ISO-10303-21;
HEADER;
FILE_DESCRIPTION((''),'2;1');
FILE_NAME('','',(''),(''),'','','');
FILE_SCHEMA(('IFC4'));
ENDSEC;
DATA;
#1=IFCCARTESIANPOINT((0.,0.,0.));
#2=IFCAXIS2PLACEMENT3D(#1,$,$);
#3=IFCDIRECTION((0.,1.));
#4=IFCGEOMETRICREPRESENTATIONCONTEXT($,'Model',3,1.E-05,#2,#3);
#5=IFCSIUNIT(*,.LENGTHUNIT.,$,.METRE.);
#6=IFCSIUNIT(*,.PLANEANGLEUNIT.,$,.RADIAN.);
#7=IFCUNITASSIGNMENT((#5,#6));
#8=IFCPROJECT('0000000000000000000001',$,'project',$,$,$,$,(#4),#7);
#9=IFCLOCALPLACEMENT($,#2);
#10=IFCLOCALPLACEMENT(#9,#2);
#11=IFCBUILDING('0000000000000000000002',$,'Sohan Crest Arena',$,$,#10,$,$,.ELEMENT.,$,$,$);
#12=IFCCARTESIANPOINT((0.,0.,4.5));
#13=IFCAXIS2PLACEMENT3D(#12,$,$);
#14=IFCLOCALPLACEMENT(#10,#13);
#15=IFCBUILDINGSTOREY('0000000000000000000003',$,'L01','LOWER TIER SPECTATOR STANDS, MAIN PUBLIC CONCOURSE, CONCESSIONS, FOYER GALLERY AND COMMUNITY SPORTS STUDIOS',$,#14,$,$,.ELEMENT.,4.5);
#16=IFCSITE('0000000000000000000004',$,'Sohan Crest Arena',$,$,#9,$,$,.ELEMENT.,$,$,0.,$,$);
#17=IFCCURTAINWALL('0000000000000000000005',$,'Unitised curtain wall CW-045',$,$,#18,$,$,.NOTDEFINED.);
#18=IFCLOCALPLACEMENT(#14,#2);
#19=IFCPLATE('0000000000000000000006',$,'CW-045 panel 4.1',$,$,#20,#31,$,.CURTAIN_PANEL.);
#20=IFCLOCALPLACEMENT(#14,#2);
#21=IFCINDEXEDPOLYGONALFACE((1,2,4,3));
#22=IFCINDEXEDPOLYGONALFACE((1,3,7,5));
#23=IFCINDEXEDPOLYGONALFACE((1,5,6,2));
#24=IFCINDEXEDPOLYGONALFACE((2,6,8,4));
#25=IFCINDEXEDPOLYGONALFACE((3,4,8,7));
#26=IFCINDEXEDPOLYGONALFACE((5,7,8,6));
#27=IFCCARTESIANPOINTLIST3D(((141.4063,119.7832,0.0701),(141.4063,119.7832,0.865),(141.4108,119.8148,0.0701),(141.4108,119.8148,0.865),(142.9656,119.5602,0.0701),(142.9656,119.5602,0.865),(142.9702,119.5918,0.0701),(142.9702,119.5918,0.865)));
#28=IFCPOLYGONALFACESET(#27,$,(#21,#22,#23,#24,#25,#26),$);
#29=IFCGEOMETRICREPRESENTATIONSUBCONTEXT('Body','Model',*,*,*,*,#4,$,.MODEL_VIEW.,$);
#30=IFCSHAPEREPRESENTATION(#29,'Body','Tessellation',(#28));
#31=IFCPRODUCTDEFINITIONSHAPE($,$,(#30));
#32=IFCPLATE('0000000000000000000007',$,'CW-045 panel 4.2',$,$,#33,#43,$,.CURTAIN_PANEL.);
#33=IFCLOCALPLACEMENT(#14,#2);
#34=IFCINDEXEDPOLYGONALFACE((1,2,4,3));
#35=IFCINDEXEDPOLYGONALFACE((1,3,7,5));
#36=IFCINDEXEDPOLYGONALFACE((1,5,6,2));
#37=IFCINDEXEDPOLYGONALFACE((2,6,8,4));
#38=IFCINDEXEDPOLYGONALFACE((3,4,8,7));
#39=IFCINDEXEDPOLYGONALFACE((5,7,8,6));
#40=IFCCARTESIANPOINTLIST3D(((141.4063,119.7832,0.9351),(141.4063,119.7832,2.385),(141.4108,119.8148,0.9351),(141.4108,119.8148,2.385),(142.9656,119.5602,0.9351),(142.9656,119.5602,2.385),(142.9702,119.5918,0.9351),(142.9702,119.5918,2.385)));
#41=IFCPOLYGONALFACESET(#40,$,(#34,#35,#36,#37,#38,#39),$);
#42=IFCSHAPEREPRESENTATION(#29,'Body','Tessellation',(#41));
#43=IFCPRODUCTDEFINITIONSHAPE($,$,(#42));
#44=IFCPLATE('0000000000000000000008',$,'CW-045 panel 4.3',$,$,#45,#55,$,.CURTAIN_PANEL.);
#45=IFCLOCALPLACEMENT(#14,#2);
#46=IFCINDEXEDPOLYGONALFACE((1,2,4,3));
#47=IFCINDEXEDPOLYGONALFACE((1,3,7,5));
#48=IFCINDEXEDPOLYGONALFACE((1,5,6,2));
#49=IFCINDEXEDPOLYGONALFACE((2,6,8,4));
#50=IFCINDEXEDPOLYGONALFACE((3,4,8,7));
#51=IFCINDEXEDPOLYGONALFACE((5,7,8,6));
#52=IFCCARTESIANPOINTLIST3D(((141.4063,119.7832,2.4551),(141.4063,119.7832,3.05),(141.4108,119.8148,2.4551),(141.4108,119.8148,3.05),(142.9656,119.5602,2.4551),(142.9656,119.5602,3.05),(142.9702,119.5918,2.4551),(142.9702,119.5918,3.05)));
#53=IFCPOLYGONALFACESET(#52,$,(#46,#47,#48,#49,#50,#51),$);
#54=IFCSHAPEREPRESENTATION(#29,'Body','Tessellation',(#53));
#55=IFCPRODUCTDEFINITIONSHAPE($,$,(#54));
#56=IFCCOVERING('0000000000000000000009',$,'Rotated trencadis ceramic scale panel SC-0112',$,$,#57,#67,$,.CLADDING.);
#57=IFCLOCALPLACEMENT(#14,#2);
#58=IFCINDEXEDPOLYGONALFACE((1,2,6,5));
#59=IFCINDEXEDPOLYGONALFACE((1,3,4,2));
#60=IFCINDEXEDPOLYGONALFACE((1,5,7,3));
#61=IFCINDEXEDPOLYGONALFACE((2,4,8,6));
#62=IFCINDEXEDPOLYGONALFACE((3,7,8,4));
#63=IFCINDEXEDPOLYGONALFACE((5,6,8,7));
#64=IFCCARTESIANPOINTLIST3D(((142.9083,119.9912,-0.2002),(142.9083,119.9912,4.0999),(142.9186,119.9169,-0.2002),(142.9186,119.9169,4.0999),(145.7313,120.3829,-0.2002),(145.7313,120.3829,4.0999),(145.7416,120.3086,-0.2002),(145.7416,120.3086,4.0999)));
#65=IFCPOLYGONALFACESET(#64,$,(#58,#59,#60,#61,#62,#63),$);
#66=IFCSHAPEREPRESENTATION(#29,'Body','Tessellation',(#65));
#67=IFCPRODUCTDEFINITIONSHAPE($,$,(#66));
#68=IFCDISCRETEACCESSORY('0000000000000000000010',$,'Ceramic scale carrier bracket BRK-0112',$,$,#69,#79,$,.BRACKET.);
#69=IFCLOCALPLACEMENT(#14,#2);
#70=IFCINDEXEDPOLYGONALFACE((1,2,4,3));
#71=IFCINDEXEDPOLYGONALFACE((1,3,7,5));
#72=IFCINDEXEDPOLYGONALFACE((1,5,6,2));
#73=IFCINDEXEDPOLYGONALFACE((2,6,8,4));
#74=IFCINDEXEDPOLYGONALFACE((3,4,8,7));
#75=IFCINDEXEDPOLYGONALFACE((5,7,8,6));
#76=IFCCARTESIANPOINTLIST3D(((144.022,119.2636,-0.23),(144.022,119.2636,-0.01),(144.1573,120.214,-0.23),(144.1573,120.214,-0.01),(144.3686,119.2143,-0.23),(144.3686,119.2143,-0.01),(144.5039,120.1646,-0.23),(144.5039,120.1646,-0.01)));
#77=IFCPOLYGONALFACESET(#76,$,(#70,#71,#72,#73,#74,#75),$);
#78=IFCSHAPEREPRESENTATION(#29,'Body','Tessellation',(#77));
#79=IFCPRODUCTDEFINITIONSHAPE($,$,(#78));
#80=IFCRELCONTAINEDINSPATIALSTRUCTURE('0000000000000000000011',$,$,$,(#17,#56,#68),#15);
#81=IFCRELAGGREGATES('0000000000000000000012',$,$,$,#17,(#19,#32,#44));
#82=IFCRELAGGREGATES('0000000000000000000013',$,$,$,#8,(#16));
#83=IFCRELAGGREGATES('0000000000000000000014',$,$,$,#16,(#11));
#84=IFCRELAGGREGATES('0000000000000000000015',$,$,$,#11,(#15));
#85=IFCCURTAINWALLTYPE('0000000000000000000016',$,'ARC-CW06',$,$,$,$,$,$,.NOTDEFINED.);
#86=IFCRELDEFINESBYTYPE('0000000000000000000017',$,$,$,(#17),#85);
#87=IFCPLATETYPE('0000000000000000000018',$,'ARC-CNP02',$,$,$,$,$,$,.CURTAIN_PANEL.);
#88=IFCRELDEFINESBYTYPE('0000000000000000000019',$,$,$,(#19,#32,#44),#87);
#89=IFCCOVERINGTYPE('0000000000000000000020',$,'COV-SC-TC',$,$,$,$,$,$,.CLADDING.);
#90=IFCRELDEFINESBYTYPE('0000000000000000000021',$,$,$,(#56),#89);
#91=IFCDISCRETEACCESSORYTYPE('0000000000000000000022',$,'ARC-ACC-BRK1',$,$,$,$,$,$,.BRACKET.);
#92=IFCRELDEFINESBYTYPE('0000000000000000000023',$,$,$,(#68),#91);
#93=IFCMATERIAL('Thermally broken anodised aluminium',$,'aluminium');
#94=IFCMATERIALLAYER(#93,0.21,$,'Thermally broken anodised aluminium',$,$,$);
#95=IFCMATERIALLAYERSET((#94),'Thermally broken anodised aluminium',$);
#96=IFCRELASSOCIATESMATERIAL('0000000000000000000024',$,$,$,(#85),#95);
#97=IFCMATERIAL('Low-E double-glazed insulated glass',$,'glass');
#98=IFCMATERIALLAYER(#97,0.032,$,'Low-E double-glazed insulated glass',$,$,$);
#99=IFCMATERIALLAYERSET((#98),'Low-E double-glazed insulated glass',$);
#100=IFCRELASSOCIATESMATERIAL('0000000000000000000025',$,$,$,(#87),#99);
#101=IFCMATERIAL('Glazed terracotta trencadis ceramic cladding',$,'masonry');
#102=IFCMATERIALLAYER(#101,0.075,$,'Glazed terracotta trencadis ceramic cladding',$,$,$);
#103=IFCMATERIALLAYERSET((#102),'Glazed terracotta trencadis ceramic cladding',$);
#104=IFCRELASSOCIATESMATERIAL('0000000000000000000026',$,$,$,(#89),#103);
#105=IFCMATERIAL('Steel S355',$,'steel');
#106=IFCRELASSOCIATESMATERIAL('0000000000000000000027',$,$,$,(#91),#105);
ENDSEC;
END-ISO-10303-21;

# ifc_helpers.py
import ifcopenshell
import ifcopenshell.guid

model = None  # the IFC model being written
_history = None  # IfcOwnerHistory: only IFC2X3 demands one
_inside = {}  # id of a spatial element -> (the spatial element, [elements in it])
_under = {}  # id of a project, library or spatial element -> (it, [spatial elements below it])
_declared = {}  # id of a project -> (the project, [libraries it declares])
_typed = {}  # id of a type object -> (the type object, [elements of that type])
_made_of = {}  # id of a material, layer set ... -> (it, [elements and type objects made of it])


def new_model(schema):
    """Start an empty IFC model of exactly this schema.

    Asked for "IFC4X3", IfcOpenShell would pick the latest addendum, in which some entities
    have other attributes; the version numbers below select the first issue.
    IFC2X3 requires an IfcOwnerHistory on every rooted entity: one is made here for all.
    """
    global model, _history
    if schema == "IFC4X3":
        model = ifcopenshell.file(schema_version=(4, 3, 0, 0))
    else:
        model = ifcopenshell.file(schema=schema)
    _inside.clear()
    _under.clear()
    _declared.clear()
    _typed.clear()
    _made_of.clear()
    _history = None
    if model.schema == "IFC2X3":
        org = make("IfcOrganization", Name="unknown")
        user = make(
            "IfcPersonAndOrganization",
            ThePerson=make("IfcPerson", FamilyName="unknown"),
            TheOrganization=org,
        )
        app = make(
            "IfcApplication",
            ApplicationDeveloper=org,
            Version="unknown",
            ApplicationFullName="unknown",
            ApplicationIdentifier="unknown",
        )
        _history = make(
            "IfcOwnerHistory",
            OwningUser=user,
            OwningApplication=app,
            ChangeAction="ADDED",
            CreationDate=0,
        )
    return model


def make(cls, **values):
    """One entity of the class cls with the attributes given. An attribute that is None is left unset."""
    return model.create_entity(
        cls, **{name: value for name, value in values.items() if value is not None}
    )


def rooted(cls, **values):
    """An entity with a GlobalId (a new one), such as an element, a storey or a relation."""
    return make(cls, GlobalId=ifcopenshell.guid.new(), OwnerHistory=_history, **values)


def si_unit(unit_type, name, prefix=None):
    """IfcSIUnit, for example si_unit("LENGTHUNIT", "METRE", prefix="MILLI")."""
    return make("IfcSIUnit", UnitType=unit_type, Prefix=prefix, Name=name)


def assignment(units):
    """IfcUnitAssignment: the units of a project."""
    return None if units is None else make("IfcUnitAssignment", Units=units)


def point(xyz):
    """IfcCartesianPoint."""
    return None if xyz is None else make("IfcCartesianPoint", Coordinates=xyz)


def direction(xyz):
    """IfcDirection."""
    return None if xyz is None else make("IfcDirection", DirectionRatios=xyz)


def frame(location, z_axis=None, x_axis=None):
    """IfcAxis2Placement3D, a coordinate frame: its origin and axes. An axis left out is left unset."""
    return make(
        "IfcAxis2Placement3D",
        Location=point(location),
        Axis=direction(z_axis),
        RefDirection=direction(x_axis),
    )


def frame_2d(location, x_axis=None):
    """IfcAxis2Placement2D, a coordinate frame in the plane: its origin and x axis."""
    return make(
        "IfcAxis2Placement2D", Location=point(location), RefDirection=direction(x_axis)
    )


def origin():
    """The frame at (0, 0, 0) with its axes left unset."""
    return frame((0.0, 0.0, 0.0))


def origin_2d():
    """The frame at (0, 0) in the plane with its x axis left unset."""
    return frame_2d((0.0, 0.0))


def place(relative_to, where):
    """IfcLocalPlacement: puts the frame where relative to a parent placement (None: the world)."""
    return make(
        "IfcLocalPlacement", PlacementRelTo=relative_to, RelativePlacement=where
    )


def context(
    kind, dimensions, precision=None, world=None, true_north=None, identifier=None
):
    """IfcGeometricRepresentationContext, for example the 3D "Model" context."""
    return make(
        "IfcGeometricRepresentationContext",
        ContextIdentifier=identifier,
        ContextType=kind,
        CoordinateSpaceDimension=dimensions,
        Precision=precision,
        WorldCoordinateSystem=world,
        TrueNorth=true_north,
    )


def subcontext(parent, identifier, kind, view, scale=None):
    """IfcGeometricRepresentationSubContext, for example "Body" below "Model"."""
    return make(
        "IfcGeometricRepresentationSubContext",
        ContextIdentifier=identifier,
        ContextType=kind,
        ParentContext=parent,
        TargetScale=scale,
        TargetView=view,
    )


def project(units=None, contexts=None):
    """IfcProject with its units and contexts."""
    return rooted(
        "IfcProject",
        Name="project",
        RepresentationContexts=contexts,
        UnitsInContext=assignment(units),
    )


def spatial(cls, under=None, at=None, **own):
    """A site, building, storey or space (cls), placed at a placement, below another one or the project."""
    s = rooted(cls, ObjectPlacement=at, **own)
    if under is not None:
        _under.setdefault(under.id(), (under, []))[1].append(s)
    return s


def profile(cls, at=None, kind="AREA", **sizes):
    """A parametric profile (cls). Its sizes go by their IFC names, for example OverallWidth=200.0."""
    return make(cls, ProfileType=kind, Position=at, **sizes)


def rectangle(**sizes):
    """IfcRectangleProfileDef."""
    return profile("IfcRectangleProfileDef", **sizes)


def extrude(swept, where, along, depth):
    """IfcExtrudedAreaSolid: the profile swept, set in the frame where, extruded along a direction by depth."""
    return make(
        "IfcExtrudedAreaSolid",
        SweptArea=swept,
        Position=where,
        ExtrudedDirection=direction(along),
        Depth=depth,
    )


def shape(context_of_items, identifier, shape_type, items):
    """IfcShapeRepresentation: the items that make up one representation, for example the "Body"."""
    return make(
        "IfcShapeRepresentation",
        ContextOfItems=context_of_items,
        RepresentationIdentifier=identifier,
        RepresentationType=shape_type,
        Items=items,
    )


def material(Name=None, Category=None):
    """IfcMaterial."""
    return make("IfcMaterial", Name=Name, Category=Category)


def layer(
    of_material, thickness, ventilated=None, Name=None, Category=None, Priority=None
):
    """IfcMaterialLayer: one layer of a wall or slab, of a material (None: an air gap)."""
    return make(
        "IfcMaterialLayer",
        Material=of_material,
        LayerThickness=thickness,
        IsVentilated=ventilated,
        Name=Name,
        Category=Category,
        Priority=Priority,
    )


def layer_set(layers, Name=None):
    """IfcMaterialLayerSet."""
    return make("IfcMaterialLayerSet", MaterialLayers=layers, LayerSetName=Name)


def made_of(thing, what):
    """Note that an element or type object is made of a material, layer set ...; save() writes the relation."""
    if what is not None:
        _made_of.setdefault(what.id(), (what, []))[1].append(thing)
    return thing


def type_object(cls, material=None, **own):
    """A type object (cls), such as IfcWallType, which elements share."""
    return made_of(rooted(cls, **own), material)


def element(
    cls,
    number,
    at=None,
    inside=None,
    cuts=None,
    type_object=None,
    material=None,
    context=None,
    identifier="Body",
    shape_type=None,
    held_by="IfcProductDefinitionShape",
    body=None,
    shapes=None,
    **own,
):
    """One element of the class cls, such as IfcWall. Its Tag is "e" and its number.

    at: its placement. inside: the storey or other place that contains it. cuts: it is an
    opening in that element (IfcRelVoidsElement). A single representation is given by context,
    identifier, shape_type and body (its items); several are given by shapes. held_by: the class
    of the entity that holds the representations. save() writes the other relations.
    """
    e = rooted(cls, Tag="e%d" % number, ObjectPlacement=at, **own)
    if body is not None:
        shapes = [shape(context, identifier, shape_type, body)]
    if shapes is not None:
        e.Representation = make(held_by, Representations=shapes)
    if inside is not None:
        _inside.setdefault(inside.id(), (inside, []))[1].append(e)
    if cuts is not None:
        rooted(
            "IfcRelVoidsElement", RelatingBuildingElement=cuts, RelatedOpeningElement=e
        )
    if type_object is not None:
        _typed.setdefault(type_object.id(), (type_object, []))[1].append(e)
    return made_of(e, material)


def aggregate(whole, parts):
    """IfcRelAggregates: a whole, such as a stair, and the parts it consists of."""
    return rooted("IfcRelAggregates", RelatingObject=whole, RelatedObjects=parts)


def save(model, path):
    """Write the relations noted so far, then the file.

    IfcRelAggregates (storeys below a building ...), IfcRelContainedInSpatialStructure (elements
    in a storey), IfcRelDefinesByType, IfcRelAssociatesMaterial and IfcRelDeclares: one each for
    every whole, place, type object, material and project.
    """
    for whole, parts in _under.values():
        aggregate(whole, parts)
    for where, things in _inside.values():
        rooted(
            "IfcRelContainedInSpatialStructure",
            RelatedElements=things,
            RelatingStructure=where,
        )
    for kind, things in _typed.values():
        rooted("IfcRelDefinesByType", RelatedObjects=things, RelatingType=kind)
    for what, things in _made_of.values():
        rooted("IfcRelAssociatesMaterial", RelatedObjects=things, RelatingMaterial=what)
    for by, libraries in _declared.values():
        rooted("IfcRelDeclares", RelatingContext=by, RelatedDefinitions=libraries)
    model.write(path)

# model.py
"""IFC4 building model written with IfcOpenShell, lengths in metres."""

from ifc_helpers import new_model, si_unit, direction, frame, origin, origin_2d, place, context, subcontext, project, spatial, rectangle, extrude, material, layer, layer_set, type_object, element, aggregate, save


model = new_model("IFC4")

# Units and contexts
model_context = context("Model", 3, precision=1e-05, world=origin(), true_north=direction((0.0, 1.0)))
body_context = subcontext(model_context, "Body", "Model", "MODEL_VIEW")
ifc_project = project(units=[si_unit("LENGTHUNIT", "METRE"), si_unit("PLANEANGLEUNIT", "RADIAN")], contexts=[model_context])

# Site, building, storey
site_placement = place(None, origin())
site = spatial("IfcSite", under=ifc_project, at=site_placement, Name="Sohan Crest Arena", CompositionType="ELEMENT", RefElevation=0.0)
building_placement = place(site_placement, origin())
building = spatial("IfcBuilding", under=site, at=building_placement, Name="Sohan Crest Arena", CompositionType="ELEMENT")
storey_placement = place(building_placement, frame((0.0, 0.0, 4.5)))
storey = spatial("IfcBuildingStorey", under=building, at=storey_placement, Name="L01", Description="LOWER TIER SPECTATOR STANDS, MAIN PUBLIC CONCOURSE, CONCESSIONS, FOYER GALLERY AND COMMUNITY SPORTS STUDIOS", CompositionType="ELEMENT", Elevation=4.5)

# Curtain wall, plates
ifc_material_1 = material(Name="Thermally broken anodised aluminium", Category="aluminium")
ifc_layer_1 = layer(ifc_material_1, 0.21, Name="Thermally broken anodised aluminium")
ifc_layer_set_1 = layer_set([ifc_layer_1], Name="Thermally broken anodised aluminium")
curtain_wall_type = type_object("IfcCurtainWallType", Name="ARC-CW06", PredefinedType="NOTDEFINED", material=ifc_layer_set_1)
curtain_wall_placement = place(storey_placement, origin())
curtain_wall = element("IfcCurtainWall", 1, at=curtain_wall_placement, inside=storey, type_object=curtain_wall_type, Name="Unitised curtain wall CW-045", PredefinedType="NOTDEFINED")
ifc_material_2 = material(Name="Low-E double-glazed insulated glass", Category="glass")
ifc_layer_2 = layer(ifc_material_2, 0.032, Name="Low-E double-glazed insulated glass")
ifc_layer_set_2 = layer_set([ifc_layer_2], Name="Low-E double-glazed insulated glass")
plate_type = type_object("IfcPlateType", Name="ARC-CNP02", PredefinedType="CURTAIN_PANEL", material=ifc_layer_set_2)
plate_1_placement = place(storey_placement, frame((142.1882, 119.6875, 0.0701), z_axis=(0.0, 0.0, 1.0), x_axis=(-0.989931, 0.141549, 0.0)))
plate_1 = element("IfcPlate", 2, at=plate_1_placement, type_object=plate_type, Name="CW-045 panel 4.1", PredefinedType="CURTAIN_PANEL", context=body_context, shape_type="SweptSolid", body=[
    extrude(rectangle(XDim=1.5752, YDim=0.032, at=origin_2d()), origin(), (0.0, 0.0, 1.0), 0.7949),
])
plate_2_placement = place(storey_placement, frame((142.1882, 119.6875, 0.9351), z_axis=(0.0, 0.0, 1.0), x_axis=(-0.989931, 0.141549, 0.0)))
plate_2 = element("IfcPlate", 3, at=plate_2_placement, type_object=plate_type, Name="CW-045 panel 4.2", PredefinedType="CURTAIN_PANEL", context=body_context, shape_type="SweptSolid", body=[
    extrude(rectangle(XDim=1.5752, YDim=0.032, at=origin_2d()), origin(), (0.0, 0.0, 1.0), 1.45),
])
plate_3_placement = place(storey_placement, frame((142.1882, 119.6875, 2.4551), z_axis=(0.0, 0.0, 1.0), x_axis=(-0.989931, 0.141549, 0.0)))
plate_3 = element("IfcPlate", 4, at=plate_3_placement, type_object=plate_type, Name="CW-045 panel 4.3", PredefinedType="CURTAIN_PANEL", context=body_context, shape_type="SweptSolid", body=[
    extrude(rectangle(XDim=1.5752, YDim=0.032, at=origin_2d()), origin(), (0.0, 0.0, 1.0), 0.595),
])
aggregate(curtain_wall, [plate_1, plate_2, plate_3])

# Covering
ifc_material_3 = material(Name="Glazed terracotta trencadis ceramic cladding", Category="masonry")
ifc_layer_3 = layer(ifc_material_3, 0.075, Name="Glazed terracotta trencadis ceramic cladding")
ifc_layer_set_3 = layer_set([ifc_layer_3], Name="Glazed terracotta trencadis ceramic cladding")
covering_type = type_object("IfcCoveringType", Name="COV-SC-TC", PredefinedType="CLADDING", material=ifc_layer_set_3)
covering_placement = place(storey_placement, frame((144.325, 120.1499, -0.2002), z_axis=(0.0, 0.0, 1.0), x_axis=(-0.990509, -0.137445, 0.0)))
element("IfcCovering", 5, at=covering_placement, inside=storey, type_object=covering_type, Name="Rotated trencadis ceramic scale panel SC-0112", PredefinedType="CLADDING", context=body_context, shape_type="SweptSolid", body=[
    extrude(rectangle(XDim=2.8501, YDim=0.075, at=origin_2d()), origin(), (0.0, 0.0, 1.0), 4.3),
])

# Discrete accessory
ifc_material_4 = material(Name="Steel S355", Category="steel")
discrete_accessory_type = type_object("IfcDiscreteAccessoryType", Name="ARC-ACC-BRK1", PredefinedType="BRACKET", material=ifc_material_4)
discrete_accessory_placement = place(storey_placement, frame((144.2629, 119.7141, -0.23), z_axis=(0.0, 0.0, 1.0), x_axis=(-0.990024, 0.140901, 0.0)))
element("IfcDiscreteAccessory", 6, at=discrete_accessory_placement, inside=storey, type_object=discrete_accessory_type, Name="Ceramic scale carrier bracket BRK-0112", PredefinedType="BRACKET", context=body_context, shape_type="SweptSolid", body=[
    extrude(rectangle(XDim=0.3501, YDim=0.96, at=origin_2d()), origin(), (0.0, 0.0, 1.0), 0.22),
])

save(model, "model.ifc")
